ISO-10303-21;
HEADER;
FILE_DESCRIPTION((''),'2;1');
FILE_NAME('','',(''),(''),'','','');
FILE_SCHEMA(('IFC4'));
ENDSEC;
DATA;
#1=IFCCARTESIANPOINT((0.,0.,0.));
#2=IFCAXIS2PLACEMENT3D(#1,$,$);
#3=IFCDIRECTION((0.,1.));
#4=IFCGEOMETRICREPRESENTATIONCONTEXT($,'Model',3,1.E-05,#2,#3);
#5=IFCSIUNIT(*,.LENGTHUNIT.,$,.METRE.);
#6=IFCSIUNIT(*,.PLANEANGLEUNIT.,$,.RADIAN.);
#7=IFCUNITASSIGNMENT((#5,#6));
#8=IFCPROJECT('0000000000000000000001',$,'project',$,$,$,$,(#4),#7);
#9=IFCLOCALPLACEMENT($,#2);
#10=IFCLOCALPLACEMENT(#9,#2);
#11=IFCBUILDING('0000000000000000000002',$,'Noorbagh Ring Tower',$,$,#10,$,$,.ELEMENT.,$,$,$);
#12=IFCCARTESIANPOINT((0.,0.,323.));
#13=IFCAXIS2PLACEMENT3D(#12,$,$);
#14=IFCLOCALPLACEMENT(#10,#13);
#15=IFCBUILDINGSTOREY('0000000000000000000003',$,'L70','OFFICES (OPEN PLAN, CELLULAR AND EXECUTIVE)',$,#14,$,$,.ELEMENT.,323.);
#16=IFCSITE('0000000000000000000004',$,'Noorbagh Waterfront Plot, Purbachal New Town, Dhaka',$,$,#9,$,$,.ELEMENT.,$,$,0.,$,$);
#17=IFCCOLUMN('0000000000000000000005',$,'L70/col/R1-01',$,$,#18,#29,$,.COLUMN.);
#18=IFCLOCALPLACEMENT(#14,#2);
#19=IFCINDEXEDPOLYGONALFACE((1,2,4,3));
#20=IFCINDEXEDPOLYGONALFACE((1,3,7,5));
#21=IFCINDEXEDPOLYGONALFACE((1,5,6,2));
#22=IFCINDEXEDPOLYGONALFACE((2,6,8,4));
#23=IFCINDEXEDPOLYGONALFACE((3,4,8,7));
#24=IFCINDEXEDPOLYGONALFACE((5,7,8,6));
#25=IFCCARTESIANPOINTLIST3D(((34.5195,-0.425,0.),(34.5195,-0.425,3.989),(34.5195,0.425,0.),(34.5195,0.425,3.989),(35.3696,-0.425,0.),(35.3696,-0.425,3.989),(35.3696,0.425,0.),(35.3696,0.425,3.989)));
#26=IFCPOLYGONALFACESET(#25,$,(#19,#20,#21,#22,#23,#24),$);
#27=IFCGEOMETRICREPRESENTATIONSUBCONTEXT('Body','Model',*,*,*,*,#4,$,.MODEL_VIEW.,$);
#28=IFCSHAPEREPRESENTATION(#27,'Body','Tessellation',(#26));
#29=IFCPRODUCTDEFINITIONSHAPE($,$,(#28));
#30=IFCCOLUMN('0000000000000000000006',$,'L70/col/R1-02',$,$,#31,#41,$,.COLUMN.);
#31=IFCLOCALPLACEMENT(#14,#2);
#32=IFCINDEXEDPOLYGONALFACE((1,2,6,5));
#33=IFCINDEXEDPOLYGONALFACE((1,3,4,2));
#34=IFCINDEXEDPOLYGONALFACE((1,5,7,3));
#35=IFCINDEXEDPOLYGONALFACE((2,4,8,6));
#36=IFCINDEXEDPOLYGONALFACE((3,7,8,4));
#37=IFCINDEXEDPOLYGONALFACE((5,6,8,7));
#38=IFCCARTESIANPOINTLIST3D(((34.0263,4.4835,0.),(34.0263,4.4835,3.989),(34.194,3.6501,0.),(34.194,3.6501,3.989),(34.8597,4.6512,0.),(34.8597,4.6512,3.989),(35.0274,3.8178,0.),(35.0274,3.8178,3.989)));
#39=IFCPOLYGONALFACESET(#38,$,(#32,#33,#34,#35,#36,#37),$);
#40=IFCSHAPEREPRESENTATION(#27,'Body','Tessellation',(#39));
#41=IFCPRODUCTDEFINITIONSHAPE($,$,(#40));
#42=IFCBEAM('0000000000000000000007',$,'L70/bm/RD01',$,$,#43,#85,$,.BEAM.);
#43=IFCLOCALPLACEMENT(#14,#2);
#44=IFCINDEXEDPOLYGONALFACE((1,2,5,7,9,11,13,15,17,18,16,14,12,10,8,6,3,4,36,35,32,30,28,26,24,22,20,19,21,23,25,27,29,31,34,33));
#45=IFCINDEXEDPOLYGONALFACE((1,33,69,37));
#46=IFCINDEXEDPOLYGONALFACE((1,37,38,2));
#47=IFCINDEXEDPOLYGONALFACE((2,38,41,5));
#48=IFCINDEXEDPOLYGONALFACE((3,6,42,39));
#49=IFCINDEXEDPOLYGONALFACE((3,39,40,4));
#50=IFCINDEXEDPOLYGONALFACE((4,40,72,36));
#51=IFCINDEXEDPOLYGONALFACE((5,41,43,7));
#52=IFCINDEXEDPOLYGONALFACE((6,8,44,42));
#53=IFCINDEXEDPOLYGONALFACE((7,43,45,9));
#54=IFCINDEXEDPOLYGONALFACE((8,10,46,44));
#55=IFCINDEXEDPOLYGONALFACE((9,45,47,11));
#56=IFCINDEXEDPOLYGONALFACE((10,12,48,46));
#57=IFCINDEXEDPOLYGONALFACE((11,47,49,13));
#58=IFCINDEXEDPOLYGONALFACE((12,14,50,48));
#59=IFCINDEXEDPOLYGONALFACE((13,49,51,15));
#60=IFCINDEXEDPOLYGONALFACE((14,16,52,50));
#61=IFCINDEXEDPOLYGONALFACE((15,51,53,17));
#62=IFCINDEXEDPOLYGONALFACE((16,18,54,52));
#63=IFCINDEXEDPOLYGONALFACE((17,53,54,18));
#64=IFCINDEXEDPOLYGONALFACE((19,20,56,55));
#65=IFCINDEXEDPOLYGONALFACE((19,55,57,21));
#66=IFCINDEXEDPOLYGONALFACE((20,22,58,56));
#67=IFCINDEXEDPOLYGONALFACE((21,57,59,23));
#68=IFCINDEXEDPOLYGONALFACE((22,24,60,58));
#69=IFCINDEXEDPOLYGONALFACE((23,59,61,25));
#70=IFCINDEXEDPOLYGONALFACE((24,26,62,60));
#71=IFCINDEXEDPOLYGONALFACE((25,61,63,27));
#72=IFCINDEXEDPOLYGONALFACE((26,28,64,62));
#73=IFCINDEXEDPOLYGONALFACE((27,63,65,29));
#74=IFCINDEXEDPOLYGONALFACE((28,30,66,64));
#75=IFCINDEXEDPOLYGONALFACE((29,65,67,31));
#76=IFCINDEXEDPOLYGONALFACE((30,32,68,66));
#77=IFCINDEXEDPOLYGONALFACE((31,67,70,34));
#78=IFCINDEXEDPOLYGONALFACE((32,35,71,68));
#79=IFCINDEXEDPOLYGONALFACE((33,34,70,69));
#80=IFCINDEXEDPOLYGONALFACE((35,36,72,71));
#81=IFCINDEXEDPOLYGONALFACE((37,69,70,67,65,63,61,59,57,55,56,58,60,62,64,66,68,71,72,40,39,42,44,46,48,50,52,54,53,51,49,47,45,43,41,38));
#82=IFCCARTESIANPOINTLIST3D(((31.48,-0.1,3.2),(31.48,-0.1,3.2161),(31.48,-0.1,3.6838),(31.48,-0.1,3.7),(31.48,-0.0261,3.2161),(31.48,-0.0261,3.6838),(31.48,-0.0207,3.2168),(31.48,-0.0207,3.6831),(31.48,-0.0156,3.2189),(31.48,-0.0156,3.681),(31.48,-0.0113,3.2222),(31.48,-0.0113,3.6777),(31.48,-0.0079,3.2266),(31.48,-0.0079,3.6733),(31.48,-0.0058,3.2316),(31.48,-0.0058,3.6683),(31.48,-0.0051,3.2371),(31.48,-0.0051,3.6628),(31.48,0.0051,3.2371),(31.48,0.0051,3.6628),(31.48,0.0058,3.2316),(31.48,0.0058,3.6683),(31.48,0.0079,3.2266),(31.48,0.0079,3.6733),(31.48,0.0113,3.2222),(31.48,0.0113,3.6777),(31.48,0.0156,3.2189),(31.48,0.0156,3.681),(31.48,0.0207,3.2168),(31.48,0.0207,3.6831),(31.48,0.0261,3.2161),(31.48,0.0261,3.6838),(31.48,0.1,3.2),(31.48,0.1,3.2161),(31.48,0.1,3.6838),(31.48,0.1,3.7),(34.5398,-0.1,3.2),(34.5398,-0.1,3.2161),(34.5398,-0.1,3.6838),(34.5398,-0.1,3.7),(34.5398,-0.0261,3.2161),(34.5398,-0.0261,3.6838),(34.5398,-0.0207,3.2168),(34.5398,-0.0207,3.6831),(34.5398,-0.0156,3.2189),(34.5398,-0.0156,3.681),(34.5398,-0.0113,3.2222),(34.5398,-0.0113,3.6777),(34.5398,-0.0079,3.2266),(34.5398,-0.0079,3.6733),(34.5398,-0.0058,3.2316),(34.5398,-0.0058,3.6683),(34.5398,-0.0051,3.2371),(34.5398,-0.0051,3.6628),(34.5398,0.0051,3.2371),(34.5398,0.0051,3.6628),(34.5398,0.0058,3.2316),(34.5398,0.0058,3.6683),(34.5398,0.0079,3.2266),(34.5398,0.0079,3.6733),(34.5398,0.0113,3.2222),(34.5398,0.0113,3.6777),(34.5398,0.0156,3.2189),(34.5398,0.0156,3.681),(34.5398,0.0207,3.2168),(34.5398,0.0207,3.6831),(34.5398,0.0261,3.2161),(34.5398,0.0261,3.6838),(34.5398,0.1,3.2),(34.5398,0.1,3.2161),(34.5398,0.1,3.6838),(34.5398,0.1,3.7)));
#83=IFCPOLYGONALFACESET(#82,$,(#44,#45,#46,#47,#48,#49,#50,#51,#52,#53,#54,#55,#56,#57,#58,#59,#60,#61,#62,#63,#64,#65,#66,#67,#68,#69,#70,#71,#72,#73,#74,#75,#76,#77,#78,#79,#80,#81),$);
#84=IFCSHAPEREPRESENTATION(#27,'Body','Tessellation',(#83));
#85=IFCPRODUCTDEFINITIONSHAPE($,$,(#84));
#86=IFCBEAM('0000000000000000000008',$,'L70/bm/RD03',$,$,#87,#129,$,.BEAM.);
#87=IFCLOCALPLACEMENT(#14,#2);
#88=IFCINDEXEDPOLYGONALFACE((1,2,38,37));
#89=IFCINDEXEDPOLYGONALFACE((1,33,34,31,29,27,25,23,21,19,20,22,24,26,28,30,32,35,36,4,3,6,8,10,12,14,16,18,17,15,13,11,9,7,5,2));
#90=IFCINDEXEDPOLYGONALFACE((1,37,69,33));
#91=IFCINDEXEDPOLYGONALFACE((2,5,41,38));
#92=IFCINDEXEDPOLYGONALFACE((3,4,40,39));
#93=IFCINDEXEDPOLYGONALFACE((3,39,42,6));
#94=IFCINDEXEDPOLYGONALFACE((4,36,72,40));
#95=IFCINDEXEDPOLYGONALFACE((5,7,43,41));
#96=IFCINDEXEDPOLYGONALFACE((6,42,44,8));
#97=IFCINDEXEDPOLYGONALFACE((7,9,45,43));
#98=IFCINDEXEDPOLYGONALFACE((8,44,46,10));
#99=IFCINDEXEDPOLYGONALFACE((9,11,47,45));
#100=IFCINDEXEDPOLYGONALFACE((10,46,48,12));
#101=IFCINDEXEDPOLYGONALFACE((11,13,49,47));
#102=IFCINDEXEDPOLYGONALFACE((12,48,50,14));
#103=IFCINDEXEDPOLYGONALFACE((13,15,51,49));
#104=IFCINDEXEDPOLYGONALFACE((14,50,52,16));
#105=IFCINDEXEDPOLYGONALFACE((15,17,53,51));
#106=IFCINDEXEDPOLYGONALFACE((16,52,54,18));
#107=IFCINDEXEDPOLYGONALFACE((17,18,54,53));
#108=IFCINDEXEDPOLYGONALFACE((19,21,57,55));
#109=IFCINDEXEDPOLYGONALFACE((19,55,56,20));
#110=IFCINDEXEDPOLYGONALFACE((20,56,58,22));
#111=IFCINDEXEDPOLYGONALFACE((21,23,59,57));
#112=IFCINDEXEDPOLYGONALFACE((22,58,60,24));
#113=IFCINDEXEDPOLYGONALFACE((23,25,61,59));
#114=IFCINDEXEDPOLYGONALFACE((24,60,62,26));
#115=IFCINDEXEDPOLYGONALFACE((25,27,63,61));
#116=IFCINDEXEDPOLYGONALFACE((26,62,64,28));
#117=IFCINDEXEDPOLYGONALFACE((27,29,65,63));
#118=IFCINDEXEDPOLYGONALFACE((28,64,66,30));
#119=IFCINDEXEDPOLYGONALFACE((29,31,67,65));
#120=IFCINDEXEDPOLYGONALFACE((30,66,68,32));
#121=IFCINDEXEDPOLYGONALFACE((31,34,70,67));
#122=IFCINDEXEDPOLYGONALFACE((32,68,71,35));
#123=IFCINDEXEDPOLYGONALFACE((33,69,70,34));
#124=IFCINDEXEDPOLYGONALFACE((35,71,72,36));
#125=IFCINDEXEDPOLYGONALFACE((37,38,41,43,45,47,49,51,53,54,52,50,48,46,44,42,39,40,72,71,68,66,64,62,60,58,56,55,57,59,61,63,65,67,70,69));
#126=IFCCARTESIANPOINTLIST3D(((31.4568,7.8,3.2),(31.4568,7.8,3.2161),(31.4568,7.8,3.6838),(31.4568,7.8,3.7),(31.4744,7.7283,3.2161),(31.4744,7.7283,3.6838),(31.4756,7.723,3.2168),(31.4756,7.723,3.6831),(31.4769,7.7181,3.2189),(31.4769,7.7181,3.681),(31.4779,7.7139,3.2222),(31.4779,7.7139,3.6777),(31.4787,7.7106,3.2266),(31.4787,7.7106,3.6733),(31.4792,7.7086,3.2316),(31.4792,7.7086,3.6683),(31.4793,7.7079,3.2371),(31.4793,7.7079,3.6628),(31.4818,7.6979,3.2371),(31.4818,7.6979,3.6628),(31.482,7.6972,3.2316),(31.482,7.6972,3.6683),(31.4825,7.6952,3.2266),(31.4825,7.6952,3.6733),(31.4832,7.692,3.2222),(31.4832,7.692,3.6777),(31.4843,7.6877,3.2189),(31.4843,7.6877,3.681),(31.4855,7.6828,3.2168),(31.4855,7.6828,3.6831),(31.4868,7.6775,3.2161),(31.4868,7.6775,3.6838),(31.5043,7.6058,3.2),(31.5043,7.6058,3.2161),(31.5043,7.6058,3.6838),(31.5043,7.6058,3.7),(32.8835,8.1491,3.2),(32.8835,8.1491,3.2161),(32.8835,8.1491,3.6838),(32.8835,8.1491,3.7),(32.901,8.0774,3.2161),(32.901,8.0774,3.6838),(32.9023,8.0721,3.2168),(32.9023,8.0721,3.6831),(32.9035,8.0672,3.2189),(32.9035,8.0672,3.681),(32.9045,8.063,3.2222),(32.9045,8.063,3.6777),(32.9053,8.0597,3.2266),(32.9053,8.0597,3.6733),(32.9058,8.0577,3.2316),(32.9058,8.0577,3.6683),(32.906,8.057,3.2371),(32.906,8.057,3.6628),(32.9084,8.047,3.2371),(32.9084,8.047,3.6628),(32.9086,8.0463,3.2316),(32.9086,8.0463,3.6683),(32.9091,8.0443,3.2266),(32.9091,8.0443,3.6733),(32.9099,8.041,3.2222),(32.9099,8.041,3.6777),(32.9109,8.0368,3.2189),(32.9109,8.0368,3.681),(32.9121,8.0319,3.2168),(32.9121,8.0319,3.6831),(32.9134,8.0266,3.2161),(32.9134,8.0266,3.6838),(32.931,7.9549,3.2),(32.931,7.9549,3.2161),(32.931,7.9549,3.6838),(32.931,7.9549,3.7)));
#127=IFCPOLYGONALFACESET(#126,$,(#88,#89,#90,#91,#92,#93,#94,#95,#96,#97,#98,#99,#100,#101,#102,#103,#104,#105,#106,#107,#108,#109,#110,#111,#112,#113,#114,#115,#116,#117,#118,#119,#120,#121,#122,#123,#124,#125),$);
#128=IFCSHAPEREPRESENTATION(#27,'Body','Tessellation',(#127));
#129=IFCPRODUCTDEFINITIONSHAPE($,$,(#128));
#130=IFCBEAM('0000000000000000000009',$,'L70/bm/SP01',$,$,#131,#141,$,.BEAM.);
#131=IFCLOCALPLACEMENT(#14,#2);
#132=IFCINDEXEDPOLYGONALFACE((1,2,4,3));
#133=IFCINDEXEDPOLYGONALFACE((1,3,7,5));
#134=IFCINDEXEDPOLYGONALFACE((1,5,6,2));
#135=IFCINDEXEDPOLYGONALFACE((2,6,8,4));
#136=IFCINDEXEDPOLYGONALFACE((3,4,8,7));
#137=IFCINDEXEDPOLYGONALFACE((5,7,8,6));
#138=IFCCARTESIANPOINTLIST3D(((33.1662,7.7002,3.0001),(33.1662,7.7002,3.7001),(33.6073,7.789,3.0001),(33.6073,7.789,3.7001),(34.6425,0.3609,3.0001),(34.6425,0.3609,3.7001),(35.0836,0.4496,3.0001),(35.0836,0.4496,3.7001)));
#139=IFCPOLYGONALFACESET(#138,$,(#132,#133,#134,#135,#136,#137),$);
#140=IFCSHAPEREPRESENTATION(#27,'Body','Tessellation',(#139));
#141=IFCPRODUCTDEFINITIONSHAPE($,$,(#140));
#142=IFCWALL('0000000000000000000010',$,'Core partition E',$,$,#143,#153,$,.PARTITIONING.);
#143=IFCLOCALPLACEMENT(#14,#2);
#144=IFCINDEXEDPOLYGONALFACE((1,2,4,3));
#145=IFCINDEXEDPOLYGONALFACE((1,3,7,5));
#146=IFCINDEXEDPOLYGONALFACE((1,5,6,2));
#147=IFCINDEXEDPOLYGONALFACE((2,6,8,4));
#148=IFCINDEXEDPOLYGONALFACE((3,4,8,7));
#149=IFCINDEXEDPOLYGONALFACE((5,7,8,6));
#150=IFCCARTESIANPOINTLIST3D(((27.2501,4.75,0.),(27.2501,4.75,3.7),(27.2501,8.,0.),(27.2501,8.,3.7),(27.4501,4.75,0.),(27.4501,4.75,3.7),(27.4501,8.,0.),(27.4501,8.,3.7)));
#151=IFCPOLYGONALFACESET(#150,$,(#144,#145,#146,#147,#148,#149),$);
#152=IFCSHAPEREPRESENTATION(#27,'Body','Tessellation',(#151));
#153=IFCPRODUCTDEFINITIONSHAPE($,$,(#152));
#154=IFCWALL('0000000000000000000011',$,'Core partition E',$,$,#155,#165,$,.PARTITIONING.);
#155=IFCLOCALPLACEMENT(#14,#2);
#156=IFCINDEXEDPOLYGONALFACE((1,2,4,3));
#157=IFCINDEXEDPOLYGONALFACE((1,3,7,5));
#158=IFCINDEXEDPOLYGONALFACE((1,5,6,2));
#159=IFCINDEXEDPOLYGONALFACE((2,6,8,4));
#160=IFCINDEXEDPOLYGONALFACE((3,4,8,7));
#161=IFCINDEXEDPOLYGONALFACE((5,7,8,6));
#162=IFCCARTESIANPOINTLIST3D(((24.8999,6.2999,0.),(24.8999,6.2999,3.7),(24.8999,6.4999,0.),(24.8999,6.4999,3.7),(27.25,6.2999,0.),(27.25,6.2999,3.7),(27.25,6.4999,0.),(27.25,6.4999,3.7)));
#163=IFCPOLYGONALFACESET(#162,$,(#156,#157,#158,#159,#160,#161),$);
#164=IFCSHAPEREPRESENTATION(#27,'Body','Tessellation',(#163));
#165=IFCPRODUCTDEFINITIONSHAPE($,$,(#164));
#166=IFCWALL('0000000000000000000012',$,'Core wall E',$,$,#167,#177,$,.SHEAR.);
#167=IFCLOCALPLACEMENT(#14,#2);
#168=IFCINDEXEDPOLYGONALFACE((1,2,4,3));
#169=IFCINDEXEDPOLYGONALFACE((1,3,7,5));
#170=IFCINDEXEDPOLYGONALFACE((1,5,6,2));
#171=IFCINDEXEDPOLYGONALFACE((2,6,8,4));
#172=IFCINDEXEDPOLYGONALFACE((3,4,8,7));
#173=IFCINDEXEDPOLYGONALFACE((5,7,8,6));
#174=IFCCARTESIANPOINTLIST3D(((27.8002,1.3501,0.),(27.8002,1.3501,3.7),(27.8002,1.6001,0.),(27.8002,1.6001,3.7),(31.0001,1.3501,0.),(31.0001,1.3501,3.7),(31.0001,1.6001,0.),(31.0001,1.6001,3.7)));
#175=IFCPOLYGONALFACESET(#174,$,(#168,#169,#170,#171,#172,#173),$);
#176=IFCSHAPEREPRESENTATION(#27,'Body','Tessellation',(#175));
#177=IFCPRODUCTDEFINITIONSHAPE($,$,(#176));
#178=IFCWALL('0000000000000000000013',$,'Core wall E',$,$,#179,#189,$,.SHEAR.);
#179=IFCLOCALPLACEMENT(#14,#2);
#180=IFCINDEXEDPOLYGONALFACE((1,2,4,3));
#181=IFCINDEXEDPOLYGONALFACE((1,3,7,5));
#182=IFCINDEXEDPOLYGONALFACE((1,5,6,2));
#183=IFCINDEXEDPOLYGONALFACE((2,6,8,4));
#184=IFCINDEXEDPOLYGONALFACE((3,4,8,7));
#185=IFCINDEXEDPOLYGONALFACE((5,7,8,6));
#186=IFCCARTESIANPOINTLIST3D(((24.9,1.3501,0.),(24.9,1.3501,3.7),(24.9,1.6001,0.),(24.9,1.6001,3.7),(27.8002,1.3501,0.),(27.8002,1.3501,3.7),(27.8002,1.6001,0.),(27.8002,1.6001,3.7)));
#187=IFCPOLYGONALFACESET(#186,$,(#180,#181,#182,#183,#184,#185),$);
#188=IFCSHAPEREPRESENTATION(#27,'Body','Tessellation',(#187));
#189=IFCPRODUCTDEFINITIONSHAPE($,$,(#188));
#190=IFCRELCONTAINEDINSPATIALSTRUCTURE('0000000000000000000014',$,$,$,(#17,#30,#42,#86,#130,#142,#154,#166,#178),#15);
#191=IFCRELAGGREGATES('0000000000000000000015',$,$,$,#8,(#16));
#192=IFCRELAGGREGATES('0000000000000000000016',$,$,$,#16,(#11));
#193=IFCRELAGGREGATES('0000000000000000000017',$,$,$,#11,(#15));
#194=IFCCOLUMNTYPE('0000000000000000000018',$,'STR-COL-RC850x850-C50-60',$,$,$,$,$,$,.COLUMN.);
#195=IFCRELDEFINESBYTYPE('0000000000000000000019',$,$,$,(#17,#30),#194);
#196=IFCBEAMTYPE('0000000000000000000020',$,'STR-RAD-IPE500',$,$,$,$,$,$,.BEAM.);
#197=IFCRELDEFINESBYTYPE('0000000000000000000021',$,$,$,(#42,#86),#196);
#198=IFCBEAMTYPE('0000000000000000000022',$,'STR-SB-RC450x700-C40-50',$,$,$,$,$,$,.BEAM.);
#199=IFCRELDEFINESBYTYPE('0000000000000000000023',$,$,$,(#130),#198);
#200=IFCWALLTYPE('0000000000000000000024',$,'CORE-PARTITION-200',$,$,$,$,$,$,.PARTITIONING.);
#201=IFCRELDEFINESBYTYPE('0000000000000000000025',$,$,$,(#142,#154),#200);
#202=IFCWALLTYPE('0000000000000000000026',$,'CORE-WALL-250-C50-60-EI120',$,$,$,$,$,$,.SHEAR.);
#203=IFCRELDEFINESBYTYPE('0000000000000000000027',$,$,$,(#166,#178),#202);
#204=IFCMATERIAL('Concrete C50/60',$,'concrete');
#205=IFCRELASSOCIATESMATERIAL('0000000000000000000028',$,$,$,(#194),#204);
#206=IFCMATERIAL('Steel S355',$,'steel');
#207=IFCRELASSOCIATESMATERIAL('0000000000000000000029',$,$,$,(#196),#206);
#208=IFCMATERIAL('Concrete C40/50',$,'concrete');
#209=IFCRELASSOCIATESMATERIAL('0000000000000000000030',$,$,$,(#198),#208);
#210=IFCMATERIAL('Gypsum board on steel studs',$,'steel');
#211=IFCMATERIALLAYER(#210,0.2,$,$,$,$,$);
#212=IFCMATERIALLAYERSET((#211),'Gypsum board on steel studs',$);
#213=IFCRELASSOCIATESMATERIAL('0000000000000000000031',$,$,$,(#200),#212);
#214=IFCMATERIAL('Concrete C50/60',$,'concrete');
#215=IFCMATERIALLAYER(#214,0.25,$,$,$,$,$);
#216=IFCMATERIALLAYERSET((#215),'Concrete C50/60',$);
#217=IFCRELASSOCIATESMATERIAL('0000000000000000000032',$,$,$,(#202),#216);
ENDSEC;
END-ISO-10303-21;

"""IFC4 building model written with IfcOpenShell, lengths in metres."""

from ifc_helpers import new_model, si_unit, direction, frame, frame_2d, origin, origin_2d, place, context, subcontext, project, spatial, rectangle, i_section, extrude, material, layer, layer_set, material_profile, profile_set, type_object, element, save


model = new_model("IFC4")

# Units and contexts
model_context = context("Model", 3, precision=1e-05, world=origin(), true_north=direction((0.0, 1.0)))
body_context = subcontext(model_context, "Body", "Model", "MODEL_VIEW")
ifc_project = project(units=[si_unit("LENGTHUNIT", "METRE"), si_unit("PLANEANGLEUNIT", "RADIAN")], contexts=[model_context])

# Site, building, storey
site_placement = place(None, origin())
site = spatial("IfcSite", under=ifc_project, at=site_placement, Name="Noorbagh Waterfront Plot, Purbachal New Town, Dhaka", CompositionType="ELEMENT", RefElevation=0.0)
building_placement = place(site_placement, origin())
building = spatial("IfcBuilding", under=site, at=building_placement, Name="Noorbagh Ring Tower", CompositionType="ELEMENT")
storey_placement = place(building_placement, frame((0.0, 0.0, 323.0)))
storey = spatial("IfcBuildingStorey", under=building, at=storey_placement, Name="L70", Description="OFFICES (OPEN PLAN, CELLULAR AND EXECUTIVE)", CompositionType="ELEMENT", Elevation=323.0)

# Columns
ifc_material_1 = material(Name="Concrete C50/60", Category="concrete")
ifc_material_profile_1 = material_profile(ifc_material_1, rectangle(XDim=0.8501, YDim=0.8501, at=origin_2d()), Name="RC850x850")
ifc_profile_set_1 = profile_set([ifc_material_profile_1], Name="Concrete C50/60")
column_type = type_object("IfcColumnType", Name="STR-COL-RC850x850-C50-60", PredefinedType="COLUMN", material=ifc_profile_set_1)
for number, where, z_axis, x_axis, name in (
    (1, (34.9446, 0.0, 0.0), (0.0, 0.0, 1.0), (0.0, 1.0, 0.0), "L70/col/R1-01"),
    (2, (34.5269, 4.1506, 0.0), (0.0, 0.0, 1.0), (-0.19723, 0.980357, 0.0), "L70/col/R1-02"),
):
    element("IfcColumn", number, at=place(storey_placement, frame(where, z_axis=z_axis, x_axis=x_axis)), inside=storey, type_object=column_type, Name=name, PredefinedType="COLUMN", context=body_context, shape_type="SweptSolid", body=[
        extrude(rectangle(XDim=0.8501, YDim=0.8501, at=origin_2d()), origin(), (0.0, 0.0, 1.0), 3.989),
    ])

# Beams
ifc_material_2 = material(Name="Steel S355", Category="steel")
ifc_material_profile_2 = material_profile(ifc_material_2, i_section(OverallWidth=0.2, OverallDepth=0.5, WebThickness=0.0103, FlangeThickness=0.0161, FilletRadius=0.021, at=origin_2d()), Name="IPE500")
ifc_profile_set_2 = profile_set([ifc_material_profile_2], Name="Steel S355")
beam_type_1 = type_object("IfcBeamType", Name="STR-RAD-IPE500", PredefinedType="BEAM", material=ifc_profile_set_2)
beam_1_placement = place(storey_placement, frame((34.5398, 0.0, 3.45), z_axis=(-1.0, 0.0, 0.0), x_axis=(0.0, -1.0, 0.0)))
element("IfcBeam", 3, at=beam_1_placement, inside=storey, type_object=beam_type_1, Name="L70/bm/RD01", PredefinedType="BEAM", context=body_context, shape_type="SweptSolid", body=[
    extrude(i_section(OverallWidth=0.2, OverallDepth=0.5, WebThickness=0.0103, FlangeThickness=0.0161, FilletRadius=0.021, at=origin_2d()), origin(), (0.0, 0.0, 1.0), 3.0598),
])
beam_2_placement = place(storey_placement, frame((32.9072, 8.052, 3.45), z_axis=(-0.971343, -0.237683, 0.0), x_axis=(0.237683, -0.971343, 0.0)))
element("IfcBeam", 4, at=beam_2_placement, inside=storey, type_object=beam_type_1, Name="L70/bm/RD03", PredefinedType="BEAM", context=body_context, shape_type="SweptSolid", body=[
    extrude(i_section(OverallWidth=0.2, OverallDepth=0.5, WebThickness=0.0103, FlangeThickness=0.0161, FilletRadius=0.021, at=origin_2d()), origin(), (0.0, 0.0, 1.0), 1.4688),
])
ifc_material_3 = material(Name="Concrete C40/50", Category="concrete")
ifc_material_profile_3 = material_profile(ifc_material_3, rectangle(XDim=0.45, YDim=0.7, at=origin_2d()), Name="RC450x700")
ifc_profile_set_3 = profile_set([ifc_material_profile_3], Name="Concrete C40/50")
beam_type_2 = type_object("IfcBeamType", Name="STR-SB-RC450x700-C40-50", PredefinedType="BEAM", material=ifc_profile_set_3)
beam_3_placement = place(storey_placement, frame((34.863, 0.4053, 3.3501), z_axis=(-0.197201, 0.980363, 0.0), x_axis=(-0.980363, -0.197201, 0.0)))
element("IfcBeam", 5, at=beam_3_placement, inside=storey, type_object=beam_type_2, Name="L70/bm/SP01", PredefinedType="BEAM", context=body_context, shape_type="SweptSolid", body=[
    extrude(rectangle(XDim=0.45, YDim=0.7, at=origin_2d()), origin(), (0.0, 0.0, 1.0), 7.4863),
])

# Walls
ifc_material_4 = material(Name="Gypsum board on steel studs", Category="steel")
ifc_layer_1 = layer(ifc_material_4, 0.2)
ifc_layer_set_1 = layer_set([ifc_layer_1], Name="Gypsum board on steel studs")
wall_type_1 = type_object("IfcWallType", Name="CORE-PARTITION-200", PredefinedType="PARTITIONING", material=ifc_layer_set_1)
wall_1_placement = place(storey_placement, frame((27.3501, 4.75, 0.0), z_axis=(0.0, 0.0, 1.0), x_axis=(0.0, 1.0, 0.0)))
element("IfcWall", 6, at=wall_1_placement, inside=storey, type_object=wall_type_1, Name="Core partition E", PredefinedType="PARTITIONING", context=body_context, shape_type="SweptSolid", body=[
    extrude(rectangle(XDim=3.25, YDim=0.2, at=frame_2d((1.625, 0.0))), origin(), (0.0, 0.0, 1.0), 3.7),
])
wall_2_placement = place(storey_placement, frame((24.8999, 6.3999, 0.0), z_axis=(0.0, 0.0, 1.0), x_axis=(1.0, 0.0, 0.0)))
element("IfcWall", 7, at=wall_2_placement, inside=storey, type_object=wall_type_1, Name="Core partition E", PredefinedType="PARTITIONING", context=body_context, shape_type="SweptSolid", body=[
    extrude(rectangle(XDim=2.3501, YDim=0.2, at=frame_2d((1.175, 0.0))), origin(), (0.0, 0.0, 1.0), 3.7),
])
ifc_material_5 = material(Name="Concrete C50/60", Category="concrete")
ifc_layer_2 = layer(ifc_material_5, 0.25)
ifc_layer_set_2 = layer_set([ifc_layer_2], Name="Concrete C50/60")
wall_type_2 = type_object("IfcWallType", Name="CORE-WALL-250-C50-60-EI120", PredefinedType="SHEAR", material=ifc_layer_set_2)
wall_3_placement = place(storey_placement, frame((27.8, 1.4751, 0.0), z_axis=(0.0, 0.0, 1.0), x_axis=(1.0, 0.0, 0.0)))
element("IfcWall", 8, at=wall_3_placement, inside=storey, type_object=wall_type_2, Name="Core wall E", PredefinedType="SHEAR", context=body_context, shape_type="SweptSolid", body=[
    extrude(rectangle(XDim=3.2, YDim=0.25, at=frame_2d((1.6001, 0.0))), origin(), (0.0, 0.0, 1.0), 3.7),
])
wall_4_placement = place(storey_placement, frame((24.8999, 1.4751, 0.0), z_axis=(0.0, 0.0, 1.0), x_axis=(1.0, 0.0, 0.0)))
element("IfcWall", 9, at=wall_4_placement, inside=storey, type_object=wall_type_2, Name="Core wall E", PredefinedType="SHEAR", context=body_context, shape_type="SweptSolid", body=[
    extrude(rectangle(XDim=2.9001, YDim=0.25, at=frame_2d((1.4502, 0.0))), origin(), (0.0, 0.0, 1.0), 3.7),
])

save(model, "model.ifc")
